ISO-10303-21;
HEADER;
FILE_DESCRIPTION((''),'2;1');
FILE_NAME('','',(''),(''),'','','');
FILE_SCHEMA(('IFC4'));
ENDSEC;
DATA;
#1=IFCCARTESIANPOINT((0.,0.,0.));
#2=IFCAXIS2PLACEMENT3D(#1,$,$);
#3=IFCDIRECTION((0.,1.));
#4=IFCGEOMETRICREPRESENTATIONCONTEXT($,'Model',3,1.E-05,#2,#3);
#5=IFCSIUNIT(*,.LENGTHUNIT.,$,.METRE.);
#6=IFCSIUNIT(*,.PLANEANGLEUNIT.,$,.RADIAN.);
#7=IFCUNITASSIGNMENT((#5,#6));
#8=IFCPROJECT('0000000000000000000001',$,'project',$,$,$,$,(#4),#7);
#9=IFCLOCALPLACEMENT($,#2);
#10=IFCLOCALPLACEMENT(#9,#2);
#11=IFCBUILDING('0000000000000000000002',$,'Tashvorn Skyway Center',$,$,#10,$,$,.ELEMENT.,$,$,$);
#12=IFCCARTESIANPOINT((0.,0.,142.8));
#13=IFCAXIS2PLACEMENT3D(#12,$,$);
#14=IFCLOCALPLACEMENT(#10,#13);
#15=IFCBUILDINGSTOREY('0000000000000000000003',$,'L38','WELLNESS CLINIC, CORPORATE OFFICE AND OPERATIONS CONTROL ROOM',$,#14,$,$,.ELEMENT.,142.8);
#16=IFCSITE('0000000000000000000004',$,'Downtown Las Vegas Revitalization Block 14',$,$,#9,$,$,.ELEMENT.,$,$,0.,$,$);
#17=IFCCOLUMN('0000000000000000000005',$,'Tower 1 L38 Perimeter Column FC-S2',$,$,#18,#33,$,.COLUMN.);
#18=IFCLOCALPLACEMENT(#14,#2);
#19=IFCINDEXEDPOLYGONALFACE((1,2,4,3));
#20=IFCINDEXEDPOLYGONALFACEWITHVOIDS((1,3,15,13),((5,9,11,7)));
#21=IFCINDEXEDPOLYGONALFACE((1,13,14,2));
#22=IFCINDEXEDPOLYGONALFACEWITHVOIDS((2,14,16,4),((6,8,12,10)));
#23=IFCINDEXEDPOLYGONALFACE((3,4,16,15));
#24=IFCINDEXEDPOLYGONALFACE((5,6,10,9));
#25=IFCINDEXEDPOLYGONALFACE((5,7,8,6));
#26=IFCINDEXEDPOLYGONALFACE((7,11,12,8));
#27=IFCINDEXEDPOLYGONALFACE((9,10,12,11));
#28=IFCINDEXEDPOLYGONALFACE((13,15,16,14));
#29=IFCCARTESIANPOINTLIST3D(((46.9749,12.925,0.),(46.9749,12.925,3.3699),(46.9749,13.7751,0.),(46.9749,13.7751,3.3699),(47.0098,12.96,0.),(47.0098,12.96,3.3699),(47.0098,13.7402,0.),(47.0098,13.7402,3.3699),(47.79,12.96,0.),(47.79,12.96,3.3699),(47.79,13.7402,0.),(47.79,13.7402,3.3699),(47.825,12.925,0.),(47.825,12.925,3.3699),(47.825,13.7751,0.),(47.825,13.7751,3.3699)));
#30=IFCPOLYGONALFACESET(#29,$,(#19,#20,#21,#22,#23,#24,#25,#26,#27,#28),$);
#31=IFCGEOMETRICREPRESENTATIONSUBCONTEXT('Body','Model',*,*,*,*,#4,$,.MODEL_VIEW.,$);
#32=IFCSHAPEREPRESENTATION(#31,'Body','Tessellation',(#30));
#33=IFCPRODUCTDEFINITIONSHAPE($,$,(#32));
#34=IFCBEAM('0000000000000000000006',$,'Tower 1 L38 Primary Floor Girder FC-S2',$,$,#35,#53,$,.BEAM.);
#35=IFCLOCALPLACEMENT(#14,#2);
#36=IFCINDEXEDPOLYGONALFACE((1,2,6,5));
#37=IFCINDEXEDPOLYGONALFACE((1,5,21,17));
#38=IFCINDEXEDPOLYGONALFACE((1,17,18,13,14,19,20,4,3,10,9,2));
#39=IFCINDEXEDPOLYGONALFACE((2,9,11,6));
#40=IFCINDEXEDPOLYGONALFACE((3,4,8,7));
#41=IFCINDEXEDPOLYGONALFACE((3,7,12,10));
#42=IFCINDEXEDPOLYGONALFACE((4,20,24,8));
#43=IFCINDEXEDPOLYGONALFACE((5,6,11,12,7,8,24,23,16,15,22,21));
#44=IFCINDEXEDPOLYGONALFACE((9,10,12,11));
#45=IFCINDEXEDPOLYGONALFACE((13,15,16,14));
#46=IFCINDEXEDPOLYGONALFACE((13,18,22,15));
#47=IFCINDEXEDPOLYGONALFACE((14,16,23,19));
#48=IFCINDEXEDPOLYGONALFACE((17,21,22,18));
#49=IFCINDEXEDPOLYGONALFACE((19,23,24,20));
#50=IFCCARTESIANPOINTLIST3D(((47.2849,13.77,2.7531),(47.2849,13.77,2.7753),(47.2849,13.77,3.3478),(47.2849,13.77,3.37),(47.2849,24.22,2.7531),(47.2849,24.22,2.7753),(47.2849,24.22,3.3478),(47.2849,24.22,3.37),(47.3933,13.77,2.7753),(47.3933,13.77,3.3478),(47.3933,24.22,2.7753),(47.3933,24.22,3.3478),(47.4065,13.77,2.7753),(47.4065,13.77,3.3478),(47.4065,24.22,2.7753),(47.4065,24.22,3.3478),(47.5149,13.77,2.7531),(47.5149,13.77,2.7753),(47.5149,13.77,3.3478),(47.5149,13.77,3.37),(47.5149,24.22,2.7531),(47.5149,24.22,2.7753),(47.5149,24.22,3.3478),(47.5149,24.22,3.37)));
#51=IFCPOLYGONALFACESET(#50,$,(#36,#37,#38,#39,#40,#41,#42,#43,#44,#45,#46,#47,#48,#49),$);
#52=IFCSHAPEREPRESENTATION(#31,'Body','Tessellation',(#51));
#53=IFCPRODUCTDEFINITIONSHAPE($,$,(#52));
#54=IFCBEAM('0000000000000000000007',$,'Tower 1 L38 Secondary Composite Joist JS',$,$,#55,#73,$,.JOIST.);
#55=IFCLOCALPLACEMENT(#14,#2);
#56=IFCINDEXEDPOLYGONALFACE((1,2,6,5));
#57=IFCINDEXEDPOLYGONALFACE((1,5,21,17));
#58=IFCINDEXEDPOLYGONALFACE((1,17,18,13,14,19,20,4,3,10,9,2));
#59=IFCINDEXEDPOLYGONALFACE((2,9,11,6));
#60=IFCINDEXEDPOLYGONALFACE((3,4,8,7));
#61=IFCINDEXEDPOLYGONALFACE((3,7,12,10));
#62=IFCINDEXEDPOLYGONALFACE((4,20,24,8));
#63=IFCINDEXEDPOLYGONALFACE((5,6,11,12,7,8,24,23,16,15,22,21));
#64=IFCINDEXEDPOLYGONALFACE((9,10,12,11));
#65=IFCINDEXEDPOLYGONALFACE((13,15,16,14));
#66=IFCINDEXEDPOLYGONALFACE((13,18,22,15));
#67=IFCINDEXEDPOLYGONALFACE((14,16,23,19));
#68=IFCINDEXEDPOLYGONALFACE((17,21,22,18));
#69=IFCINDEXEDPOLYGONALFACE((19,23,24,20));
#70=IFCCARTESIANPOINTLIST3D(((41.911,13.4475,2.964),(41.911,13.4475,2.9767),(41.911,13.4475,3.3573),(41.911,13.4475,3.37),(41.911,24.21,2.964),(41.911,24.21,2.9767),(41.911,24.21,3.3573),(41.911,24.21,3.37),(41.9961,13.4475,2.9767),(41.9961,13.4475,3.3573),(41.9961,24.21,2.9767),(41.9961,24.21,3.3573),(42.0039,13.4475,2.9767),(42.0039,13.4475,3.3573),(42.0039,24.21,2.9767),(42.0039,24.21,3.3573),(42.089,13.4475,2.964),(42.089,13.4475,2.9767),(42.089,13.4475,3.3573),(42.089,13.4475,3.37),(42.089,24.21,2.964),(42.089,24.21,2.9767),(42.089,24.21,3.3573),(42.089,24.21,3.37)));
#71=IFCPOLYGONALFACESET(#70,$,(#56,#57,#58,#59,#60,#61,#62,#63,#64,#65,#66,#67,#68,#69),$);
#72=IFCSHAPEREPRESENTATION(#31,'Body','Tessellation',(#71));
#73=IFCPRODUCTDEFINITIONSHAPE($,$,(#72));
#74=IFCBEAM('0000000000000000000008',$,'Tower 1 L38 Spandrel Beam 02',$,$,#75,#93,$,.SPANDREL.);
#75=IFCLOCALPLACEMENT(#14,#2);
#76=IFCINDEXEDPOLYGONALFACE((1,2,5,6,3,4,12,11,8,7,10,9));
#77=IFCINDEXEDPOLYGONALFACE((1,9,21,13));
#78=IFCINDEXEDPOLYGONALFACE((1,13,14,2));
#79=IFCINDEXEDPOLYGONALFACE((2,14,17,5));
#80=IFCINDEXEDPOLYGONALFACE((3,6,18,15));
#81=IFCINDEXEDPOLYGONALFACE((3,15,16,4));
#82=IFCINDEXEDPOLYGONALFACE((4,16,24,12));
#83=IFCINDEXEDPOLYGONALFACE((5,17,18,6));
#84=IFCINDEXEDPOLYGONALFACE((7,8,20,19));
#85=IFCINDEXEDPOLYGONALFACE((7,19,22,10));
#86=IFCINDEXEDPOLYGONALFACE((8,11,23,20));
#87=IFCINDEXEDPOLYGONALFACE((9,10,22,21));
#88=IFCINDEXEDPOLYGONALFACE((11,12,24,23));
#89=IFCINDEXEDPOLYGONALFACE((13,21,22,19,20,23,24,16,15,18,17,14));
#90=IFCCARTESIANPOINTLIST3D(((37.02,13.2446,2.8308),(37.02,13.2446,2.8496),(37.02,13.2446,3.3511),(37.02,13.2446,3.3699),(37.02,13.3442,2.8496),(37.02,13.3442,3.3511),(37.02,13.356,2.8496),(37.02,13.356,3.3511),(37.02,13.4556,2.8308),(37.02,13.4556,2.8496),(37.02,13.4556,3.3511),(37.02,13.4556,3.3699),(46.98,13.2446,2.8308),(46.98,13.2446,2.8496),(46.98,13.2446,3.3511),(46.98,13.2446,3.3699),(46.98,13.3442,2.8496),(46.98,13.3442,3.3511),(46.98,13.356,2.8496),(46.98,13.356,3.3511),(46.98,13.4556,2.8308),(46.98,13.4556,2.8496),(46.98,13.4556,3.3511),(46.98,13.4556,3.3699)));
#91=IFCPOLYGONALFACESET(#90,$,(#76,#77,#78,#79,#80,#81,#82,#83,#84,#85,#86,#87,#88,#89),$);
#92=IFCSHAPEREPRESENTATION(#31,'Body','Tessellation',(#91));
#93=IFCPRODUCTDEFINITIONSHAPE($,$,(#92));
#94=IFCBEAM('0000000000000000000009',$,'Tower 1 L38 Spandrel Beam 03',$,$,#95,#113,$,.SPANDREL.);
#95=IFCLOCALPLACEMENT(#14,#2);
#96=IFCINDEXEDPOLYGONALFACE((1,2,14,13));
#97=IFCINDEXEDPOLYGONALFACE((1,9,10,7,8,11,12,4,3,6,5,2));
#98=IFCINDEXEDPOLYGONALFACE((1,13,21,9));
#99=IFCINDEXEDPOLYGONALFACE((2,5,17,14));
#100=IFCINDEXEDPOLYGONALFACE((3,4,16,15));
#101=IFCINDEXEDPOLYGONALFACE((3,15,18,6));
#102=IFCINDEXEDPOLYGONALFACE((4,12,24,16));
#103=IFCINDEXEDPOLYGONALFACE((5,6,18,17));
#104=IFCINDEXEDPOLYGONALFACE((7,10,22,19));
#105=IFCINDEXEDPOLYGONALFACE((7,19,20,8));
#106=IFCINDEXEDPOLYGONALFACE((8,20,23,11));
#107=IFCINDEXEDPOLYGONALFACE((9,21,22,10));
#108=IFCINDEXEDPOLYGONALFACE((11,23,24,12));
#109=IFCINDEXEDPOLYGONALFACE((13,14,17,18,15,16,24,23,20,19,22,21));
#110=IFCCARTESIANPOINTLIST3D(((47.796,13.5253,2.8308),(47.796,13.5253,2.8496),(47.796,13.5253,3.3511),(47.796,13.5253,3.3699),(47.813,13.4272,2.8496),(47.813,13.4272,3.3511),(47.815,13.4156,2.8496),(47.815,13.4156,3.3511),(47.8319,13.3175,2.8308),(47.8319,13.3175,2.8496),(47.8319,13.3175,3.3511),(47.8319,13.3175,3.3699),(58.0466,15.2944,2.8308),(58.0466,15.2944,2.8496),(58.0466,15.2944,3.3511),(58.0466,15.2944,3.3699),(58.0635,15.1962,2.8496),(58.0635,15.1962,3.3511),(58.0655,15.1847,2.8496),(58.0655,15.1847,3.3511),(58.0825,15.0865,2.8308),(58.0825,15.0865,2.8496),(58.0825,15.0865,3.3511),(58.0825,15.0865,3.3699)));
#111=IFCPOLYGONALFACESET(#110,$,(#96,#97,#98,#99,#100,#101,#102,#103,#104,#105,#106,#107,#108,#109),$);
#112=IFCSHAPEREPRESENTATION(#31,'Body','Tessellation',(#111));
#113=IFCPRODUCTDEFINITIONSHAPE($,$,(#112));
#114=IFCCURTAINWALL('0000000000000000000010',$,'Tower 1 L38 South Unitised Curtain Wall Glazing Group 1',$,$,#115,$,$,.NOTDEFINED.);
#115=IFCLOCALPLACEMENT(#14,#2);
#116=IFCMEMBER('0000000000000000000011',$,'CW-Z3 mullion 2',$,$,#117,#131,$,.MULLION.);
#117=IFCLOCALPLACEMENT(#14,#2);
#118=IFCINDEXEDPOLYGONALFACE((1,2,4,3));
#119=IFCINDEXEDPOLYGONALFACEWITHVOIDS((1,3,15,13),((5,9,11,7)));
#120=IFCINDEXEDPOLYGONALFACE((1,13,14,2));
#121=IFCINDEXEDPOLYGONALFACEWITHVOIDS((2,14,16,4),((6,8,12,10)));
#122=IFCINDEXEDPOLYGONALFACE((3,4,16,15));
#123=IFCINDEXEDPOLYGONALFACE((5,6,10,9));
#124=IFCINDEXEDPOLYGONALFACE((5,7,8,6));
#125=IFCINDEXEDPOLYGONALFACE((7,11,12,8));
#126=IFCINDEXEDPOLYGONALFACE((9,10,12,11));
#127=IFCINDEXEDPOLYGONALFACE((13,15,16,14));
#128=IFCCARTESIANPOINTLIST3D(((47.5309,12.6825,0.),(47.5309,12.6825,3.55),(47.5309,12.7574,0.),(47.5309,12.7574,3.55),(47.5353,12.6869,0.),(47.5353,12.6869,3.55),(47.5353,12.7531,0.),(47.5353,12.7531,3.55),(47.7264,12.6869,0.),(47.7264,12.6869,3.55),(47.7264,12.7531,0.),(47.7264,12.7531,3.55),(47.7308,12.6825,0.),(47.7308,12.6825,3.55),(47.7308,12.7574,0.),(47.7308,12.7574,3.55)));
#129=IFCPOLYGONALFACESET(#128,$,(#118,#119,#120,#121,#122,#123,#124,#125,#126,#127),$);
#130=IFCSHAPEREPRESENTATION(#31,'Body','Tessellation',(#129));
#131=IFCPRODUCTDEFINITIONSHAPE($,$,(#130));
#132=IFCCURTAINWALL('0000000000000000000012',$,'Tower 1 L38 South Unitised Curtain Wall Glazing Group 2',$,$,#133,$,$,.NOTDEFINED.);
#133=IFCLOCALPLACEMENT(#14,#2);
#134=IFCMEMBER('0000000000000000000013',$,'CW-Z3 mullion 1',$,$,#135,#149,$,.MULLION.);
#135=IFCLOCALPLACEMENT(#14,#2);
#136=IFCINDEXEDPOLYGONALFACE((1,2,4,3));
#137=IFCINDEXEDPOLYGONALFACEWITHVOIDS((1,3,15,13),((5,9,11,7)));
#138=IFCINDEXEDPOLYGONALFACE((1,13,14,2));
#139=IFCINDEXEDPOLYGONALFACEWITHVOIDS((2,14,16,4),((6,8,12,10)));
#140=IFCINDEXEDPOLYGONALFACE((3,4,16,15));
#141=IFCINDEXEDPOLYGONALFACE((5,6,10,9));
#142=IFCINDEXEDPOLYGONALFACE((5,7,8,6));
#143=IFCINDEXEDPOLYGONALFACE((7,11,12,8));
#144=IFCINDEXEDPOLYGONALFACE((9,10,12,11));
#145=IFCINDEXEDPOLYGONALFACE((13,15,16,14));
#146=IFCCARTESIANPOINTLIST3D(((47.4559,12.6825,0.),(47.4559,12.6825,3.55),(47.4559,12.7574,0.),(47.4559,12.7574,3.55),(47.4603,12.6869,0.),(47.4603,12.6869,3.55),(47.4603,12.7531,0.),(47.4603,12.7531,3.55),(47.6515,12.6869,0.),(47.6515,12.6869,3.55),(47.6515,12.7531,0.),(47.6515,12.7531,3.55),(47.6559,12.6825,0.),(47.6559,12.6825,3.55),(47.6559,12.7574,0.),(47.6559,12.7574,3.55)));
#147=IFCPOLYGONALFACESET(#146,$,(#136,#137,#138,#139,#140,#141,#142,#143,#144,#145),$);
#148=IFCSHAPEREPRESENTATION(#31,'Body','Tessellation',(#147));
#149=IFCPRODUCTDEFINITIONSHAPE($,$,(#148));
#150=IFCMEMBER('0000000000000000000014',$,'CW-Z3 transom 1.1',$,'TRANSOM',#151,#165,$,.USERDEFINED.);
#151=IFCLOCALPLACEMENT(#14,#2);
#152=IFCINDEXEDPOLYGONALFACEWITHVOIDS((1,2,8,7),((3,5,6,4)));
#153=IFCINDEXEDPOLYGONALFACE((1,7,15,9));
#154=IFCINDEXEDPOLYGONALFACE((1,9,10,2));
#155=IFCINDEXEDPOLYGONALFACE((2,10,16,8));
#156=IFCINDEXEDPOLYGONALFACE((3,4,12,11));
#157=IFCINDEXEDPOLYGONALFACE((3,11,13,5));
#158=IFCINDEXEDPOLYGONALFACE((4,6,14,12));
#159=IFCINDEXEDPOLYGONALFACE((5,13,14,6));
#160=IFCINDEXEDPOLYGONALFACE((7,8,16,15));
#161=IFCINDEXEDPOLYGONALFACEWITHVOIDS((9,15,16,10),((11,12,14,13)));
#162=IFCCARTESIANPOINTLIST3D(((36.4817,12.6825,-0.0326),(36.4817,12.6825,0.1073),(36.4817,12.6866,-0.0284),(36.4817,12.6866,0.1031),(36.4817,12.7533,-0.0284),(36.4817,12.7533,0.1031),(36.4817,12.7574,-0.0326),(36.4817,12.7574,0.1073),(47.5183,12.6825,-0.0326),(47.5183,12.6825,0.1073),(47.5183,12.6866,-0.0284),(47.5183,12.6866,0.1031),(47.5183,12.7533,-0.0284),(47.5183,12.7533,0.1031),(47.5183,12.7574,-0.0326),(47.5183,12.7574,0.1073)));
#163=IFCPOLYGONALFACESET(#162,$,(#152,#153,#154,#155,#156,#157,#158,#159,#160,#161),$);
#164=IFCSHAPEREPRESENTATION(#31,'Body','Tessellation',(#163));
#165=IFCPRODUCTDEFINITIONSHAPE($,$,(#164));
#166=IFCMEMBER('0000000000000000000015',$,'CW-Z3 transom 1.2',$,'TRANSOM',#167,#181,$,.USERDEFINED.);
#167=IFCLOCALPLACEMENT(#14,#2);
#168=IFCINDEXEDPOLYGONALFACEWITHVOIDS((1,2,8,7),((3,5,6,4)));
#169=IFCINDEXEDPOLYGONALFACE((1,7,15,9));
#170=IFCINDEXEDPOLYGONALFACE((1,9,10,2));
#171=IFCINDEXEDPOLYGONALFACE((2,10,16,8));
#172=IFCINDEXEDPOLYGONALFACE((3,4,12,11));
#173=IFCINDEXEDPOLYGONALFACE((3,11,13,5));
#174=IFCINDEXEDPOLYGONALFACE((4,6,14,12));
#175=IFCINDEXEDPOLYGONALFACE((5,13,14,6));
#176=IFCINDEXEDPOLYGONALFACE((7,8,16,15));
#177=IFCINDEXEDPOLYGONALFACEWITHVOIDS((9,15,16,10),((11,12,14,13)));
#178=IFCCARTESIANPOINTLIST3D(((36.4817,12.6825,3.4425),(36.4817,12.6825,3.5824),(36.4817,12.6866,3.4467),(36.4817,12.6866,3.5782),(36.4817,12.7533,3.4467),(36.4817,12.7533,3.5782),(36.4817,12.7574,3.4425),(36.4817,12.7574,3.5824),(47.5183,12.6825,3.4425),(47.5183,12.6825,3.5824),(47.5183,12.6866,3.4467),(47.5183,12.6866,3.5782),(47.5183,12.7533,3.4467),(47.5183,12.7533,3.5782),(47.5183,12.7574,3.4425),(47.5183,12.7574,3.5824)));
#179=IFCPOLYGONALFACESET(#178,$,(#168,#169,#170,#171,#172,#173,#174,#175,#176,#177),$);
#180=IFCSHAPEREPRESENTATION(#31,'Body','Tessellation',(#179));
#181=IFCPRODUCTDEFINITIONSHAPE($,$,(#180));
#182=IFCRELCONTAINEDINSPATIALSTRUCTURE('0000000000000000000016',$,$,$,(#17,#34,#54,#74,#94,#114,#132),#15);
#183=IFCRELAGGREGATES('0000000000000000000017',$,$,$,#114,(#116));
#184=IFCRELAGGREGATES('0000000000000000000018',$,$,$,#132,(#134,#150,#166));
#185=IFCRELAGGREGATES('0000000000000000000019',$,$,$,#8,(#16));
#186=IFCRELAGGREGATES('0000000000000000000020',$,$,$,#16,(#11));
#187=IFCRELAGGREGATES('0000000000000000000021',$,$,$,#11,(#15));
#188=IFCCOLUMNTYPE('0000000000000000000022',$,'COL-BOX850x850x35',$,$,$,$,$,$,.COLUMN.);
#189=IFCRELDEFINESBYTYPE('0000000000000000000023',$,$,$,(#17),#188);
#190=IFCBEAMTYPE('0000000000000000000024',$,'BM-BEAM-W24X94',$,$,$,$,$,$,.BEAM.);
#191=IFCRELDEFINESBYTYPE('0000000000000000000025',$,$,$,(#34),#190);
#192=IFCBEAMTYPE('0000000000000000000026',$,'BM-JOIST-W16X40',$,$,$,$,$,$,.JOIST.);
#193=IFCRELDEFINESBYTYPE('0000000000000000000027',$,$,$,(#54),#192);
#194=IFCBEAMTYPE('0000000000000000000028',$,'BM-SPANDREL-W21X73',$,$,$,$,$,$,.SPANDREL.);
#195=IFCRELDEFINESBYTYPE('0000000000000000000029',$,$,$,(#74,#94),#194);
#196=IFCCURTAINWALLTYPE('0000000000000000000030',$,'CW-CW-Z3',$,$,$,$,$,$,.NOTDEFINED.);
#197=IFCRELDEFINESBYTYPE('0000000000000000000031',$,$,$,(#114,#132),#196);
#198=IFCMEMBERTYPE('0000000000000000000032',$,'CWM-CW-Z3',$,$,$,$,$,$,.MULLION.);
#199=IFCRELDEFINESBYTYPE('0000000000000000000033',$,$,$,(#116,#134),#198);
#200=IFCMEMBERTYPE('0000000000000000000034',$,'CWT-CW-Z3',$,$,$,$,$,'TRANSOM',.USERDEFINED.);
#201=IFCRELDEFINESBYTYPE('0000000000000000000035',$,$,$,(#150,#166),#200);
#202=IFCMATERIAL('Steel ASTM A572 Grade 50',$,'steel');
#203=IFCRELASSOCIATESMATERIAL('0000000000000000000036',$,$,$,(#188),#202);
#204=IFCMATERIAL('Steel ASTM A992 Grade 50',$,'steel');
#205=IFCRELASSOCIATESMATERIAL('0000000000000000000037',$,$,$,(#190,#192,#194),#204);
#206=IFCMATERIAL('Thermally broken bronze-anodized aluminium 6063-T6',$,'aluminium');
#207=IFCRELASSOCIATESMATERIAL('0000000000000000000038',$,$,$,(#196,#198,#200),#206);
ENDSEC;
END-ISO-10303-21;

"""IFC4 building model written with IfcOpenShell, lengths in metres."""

from ifc_helpers import new_model, si_unit, direction, frame, origin, origin_2d, place, context, subcontext, project, spatial, hollow_rectangle, i_section, extrude, material, material_profile, profile_set, type_object, element, aggregate, save


model = new_model("IFC4")

# Units and contexts
model_context = context("Model", 3, precision=1e-05, world=origin(), true_north=direction((0.0, 1.0)))
body_context = subcontext(model_context, "Body", "Model", "MODEL_VIEW")
ifc_project = project(units=[si_unit("LENGTHUNIT", "METRE"), si_unit("PLANEANGLEUNIT", "RADIAN")], contexts=[model_context])

# Site, building, storey
site_placement = place(None, origin())
site = spatial("IfcSite", under=ifc_project, at=site_placement, Name="Downtown Las Vegas Revitalization Block 14", CompositionType="ELEMENT", RefElevation=0.0)
building_placement = place(site_placement, origin())
building = spatial("IfcBuilding", under=site, at=building_placement, Name="Tashvorn Skyway Center", CompositionType="ELEMENT")
storey_placement = place(building_placement, frame((0.0, 0.0, 142.8)))
storey = spatial("IfcBuildingStorey", under=building, at=storey_placement, Name="L38", Description="WELLNESS CLINIC, CORPORATE OFFICE AND OPERATIONS CONTROL ROOM", CompositionType="ELEMENT", Elevation=142.8)

# Column
ifc_material_1 = material(Name="Steel ASTM A572 Grade 50", Category="steel")
ifc_material_profile_1 = material_profile(ifc_material_1, hollow_rectangle(XDim=0.8501, YDim=0.8501, WallThickness=0.0349, at=origin_2d()), Name="BOX850x850x35")
ifc_profile_set_1 = profile_set([ifc_material_profile_1], Name="Steel ASTM A572 Grade 50")
column_type = type_object("IfcColumnType", Name="COL-BOX850x850x35", PredefinedType="COLUMN", material=ifc_profile_set_1)
column_placement = place(storey_placement, frame((47.3999, 13.3501, 0.0), z_axis=(0.0, 0.0, 1.0), x_axis=(1.0, 0.0, 0.0)))
element("IfcColumn", 1, at=column_placement, inside=storey, type_object=column_type, Name="Tower 1 L38 Perimeter Column FC-S2", PredefinedType="COLUMN", context=body_context, shape_type="SweptSolid", body=[
    extrude(hollow_rectangle(XDim=0.8501, YDim=0.8501, WallThickness=0.0349, at=origin_2d()), origin(), (0.0, 0.0, 1.0), 3.3699),
])

# Beams
ifc_material_2 = material(Name="Steel ASTM A992 Grade 50", Category="steel")
ifc_material_profile_2 = material_profile(ifc_material_2, i_section(OverallWidth=0.23, OverallDepth=0.6169, WebThickness=0.0132, FlangeThickness=0.0222, at=origin_2d()), Name="W24X94")
ifc_profile_set_2 = profile_set([ifc_material_profile_2], Name="Steel ASTM A992 Grade 50")
beam_type_1 = type_object("IfcBeamType", Name="BM-BEAM-W24X94", PredefinedType="BEAM", material=ifc_profile_set_2)
beam_1_placement = place(storey_placement, frame((47.3999, 13.77, 3.0615), z_axis=(0.0, 1.0, 0.0), x_axis=(-1.0, 0.0, 0.0)))
element("IfcBeam", 2, at=beam_1_placement, inside=storey, type_object=beam_type_1, Name="Tower 1 L38 Primary Floor Girder FC-S2", PredefinedType="BEAM", context=body_context, shape_type="SweptSolid", body=[
    extrude(i_section(OverallWidth=0.23, OverallDepth=0.6169, WebThickness=0.0132, FlangeThickness=0.0222, at=origin_2d()), origin(), (0.0, 0.0, 1.0), 10.45),
])
ifc_material_profile_3 = material_profile(ifc_material_2, i_section(OverallWidth=0.178, OverallDepth=0.406, WebThickness=0.0078, FlangeThickness=0.0127, at=origin_2d()), Name="W16X40")
ifc_profile_set_3 = profile_set([ifc_material_profile_3], Name="Steel ASTM A992 Grade 50")
beam_type_2 = type_object("IfcBeamType", Name="BM-JOIST-W16X40", PredefinedType="JOIST", material=ifc_profile_set_3)
beam_2_placement = place(storey_placement, frame((42.0, 24.21, 3.167), z_axis=(0.0, -1.0, 0.0), x_axis=(1.0, 0.0, 0.0)))
element("IfcBeam", 3, at=beam_2_placement, inside=storey, type_object=beam_type_2, Name="Tower 1 L38 Secondary Composite Joist JS", PredefinedType="JOIST", context=body_context, shape_type="SweptSolid", body=[
    extrude(i_section(OverallWidth=0.178, OverallDepth=0.406, WebThickness=0.0078, FlangeThickness=0.0127, at=origin_2d()), origin(), (0.0, 0.0, 1.0), 10.7625),
])
ifc_material_profile_4 = material_profile(ifc_material_2, i_section(OverallWidth=0.2109, OverallDepth=0.5391, WebThickness=0.0117, FlangeThickness=0.0188, at=origin_2d()), Name="W21X73")
ifc_profile_set_4 = profile_set([ifc_material_profile_4], Name="Steel ASTM A992 Grade 50")
beam_type_3 = type_object("IfcBeamType", Name="BM-SPANDREL-W21X73", PredefinedType="SPANDREL", material=ifc_profile_set_4)
beam_3_placement = place(storey_placement, frame((37.02, 13.3501, 3.1003), z_axis=(1.0, 0.0, 0.0), x_axis=(0.0, 1.0, 0.0)))
element("IfcBeam", 4, at=beam_3_placement, inside=storey, type_object=beam_type_3, Name="Tower 1 L38 Spandrel Beam 02", PredefinedType="SPANDREL", context=body_context, shape_type="SweptSolid", body=[
    extrude(i_section(OverallWidth=0.2109, OverallDepth=0.5391, WebThickness=0.0117, FlangeThickness=0.0188, at=origin_2d()), origin(), (0.0, 0.0, 1.0), 9.96),
])
beam_4_placement = place(storey_placement, frame((47.814, 13.4214, 3.1003), z_axis=(0.985432, 0.170067, 0.0), x_axis=(-0.170067, 0.985432, 0.0)))
element("IfcBeam", 5, at=beam_4_placement, inside=storey, type_object=beam_type_3, Name="Tower 1 L38 Spandrel Beam 03", PredefinedType="SPANDREL", context=body_context, shape_type="SweptSolid", body=[
    extrude(i_section(OverallWidth=0.2109, OverallDepth=0.5391, WebThickness=0.0117, FlangeThickness=0.0188, at=origin_2d()), origin(), (0.0, 0.0, 1.0), 10.4021),
])

# Curtain wall, member
ifc_material_3 = material(Name="Thermally broken bronze-anodized aluminium 6063-T6", Category="aluminium")
curtain_wall_type = type_object("IfcCurtainWallType", Name="CW-CW-Z3", PredefinedType="NOTDEFINED", material=ifc_material_3)
curtain_wall_1_placement = place(storey_placement, origin())
curtain_wall_1 = element("IfcCurtainWall", 6, at=curtain_wall_1_placement, inside=storey, type_object=curtain_wall_type, Name="Tower 1 L38 South Unitised Curtain Wall Glazing Group 1", PredefinedType="NOTDEFINED")
ifc_material_profile_5 = material_profile(ifc_material_3, hollow_rectangle(XDim=0.075, YDim=0.2, WallThickness=0.0044, at=origin_2d()), Name="ALU-MULL-75x200")
ifc_profile_set_5 = profile_set([ifc_material_profile_5], Name="Thermally broken bronze-anodized aluminium 6063-T6")
member_type_1 = type_object("IfcMemberType", Name="CWM-CW-Z3", PredefinedType="MULLION", material=ifc_profile_set_5)
member_1_placement = place(storey_placement, frame((47.6309, 12.72, 0.0), z_axis=(0.0, 0.0, 1.0), x_axis=(0.0, -1.0, 0.0)))
member_1 = element("IfcMember", 7, at=member_1_placement, type_object=member_type_1, Name="CW-Z3 mullion 2", PredefinedType="MULLION", context=body_context, shape_type="SweptSolid", body=[
    extrude(hollow_rectangle(XDim=0.075, YDim=0.2, WallThickness=0.0044, at=origin_2d()), origin(), (0.0, 0.0, 1.0), 3.55),
])
aggregate(curtain_wall_1, [member_1])

# Curtain wall, members
curtain_wall_2_placement = place(storey_placement, origin())
curtain_wall_2 = element("IfcCurtainWall", 8, at=curtain_wall_2_placement, inside=storey, type_object=curtain_wall_type, Name="Tower 1 L38 South Unitised Curtain Wall Glazing Group 2", PredefinedType="NOTDEFINED")
member_2_placement = place(storey_placement, frame((47.5559, 12.72, 0.0), z_axis=(0.0, 0.0, 1.0), x_axis=(0.0, -1.0, 0.0)))
member_2 = element("IfcMember", 9, at=member_2_placement, type_object=member_type_1, Name="CW-Z3 mullion 1", PredefinedType="MULLION", context=body_context, shape_type="SweptSolid", body=[
    extrude(hollow_rectangle(XDim=0.075, YDim=0.2, WallThickness=0.0044, at=origin_2d()), origin(), (0.0, 0.0, 1.0), 3.55),
])
ifc_material_profile_6 = material_profile(ifc_material_3, hollow_rectangle(XDim=0.075, YDim=0.1399, WallThickness=0.0042, at=origin_2d()), Name="ALU-TRAN-75x140")
ifc_profile_set_6 = profile_set([ifc_material_profile_6], Name="Thermally broken bronze-anodized aluminium 6063-T6")
member_type_2 = type_object("IfcMemberType", Name="CWT-CW-Z3", ElementType="TRANSOM", PredefinedType="USERDEFINED", material=ifc_profile_set_6)
member_3_placement = place(storey_placement, frame((47.5183, 12.72, 0.0374), z_axis=(-1.0, 0.0, 0.0), x_axis=(0.0, -1.0, 0.0)))
member_3 = element("IfcMember", 10, at=member_3_placement, type_object=member_type_2, Name="CW-Z3 transom 1.1", ObjectType="TRANSOM", PredefinedType="USERDEFINED", context=body_context, shape_type="SweptSolid", body=[
    extrude(hollow_rectangle(XDim=0.075, YDim=0.1399, WallThickness=0.0042, at=origin_2d()), origin(), (0.0, 0.0, 1.0), 11.0366),
])
member_4_placement = place(storey_placement, frame((47.5183, 12.72, 3.5125), z_axis=(-1.0, 0.0, 0.0), x_axis=(0.0, -1.0, 0.0)))
member_4 = element("IfcMember", 11, at=member_4_placement, type_object=member_type_2, Name="CW-Z3 transom 1.2", ObjectType="TRANSOM", PredefinedType="USERDEFINED", context=body_context, shape_type="SweptSolid", body=[
    extrude(hollow_rectangle(XDim=0.075, YDim=0.1399, WallThickness=0.0042, at=origin_2d()), origin(), (0.0, 0.0, 1.0), 11.0366),
])
aggregate(curtain_wall_2, [member_2, member_3, member_4])

save(model, "model.ifc")
